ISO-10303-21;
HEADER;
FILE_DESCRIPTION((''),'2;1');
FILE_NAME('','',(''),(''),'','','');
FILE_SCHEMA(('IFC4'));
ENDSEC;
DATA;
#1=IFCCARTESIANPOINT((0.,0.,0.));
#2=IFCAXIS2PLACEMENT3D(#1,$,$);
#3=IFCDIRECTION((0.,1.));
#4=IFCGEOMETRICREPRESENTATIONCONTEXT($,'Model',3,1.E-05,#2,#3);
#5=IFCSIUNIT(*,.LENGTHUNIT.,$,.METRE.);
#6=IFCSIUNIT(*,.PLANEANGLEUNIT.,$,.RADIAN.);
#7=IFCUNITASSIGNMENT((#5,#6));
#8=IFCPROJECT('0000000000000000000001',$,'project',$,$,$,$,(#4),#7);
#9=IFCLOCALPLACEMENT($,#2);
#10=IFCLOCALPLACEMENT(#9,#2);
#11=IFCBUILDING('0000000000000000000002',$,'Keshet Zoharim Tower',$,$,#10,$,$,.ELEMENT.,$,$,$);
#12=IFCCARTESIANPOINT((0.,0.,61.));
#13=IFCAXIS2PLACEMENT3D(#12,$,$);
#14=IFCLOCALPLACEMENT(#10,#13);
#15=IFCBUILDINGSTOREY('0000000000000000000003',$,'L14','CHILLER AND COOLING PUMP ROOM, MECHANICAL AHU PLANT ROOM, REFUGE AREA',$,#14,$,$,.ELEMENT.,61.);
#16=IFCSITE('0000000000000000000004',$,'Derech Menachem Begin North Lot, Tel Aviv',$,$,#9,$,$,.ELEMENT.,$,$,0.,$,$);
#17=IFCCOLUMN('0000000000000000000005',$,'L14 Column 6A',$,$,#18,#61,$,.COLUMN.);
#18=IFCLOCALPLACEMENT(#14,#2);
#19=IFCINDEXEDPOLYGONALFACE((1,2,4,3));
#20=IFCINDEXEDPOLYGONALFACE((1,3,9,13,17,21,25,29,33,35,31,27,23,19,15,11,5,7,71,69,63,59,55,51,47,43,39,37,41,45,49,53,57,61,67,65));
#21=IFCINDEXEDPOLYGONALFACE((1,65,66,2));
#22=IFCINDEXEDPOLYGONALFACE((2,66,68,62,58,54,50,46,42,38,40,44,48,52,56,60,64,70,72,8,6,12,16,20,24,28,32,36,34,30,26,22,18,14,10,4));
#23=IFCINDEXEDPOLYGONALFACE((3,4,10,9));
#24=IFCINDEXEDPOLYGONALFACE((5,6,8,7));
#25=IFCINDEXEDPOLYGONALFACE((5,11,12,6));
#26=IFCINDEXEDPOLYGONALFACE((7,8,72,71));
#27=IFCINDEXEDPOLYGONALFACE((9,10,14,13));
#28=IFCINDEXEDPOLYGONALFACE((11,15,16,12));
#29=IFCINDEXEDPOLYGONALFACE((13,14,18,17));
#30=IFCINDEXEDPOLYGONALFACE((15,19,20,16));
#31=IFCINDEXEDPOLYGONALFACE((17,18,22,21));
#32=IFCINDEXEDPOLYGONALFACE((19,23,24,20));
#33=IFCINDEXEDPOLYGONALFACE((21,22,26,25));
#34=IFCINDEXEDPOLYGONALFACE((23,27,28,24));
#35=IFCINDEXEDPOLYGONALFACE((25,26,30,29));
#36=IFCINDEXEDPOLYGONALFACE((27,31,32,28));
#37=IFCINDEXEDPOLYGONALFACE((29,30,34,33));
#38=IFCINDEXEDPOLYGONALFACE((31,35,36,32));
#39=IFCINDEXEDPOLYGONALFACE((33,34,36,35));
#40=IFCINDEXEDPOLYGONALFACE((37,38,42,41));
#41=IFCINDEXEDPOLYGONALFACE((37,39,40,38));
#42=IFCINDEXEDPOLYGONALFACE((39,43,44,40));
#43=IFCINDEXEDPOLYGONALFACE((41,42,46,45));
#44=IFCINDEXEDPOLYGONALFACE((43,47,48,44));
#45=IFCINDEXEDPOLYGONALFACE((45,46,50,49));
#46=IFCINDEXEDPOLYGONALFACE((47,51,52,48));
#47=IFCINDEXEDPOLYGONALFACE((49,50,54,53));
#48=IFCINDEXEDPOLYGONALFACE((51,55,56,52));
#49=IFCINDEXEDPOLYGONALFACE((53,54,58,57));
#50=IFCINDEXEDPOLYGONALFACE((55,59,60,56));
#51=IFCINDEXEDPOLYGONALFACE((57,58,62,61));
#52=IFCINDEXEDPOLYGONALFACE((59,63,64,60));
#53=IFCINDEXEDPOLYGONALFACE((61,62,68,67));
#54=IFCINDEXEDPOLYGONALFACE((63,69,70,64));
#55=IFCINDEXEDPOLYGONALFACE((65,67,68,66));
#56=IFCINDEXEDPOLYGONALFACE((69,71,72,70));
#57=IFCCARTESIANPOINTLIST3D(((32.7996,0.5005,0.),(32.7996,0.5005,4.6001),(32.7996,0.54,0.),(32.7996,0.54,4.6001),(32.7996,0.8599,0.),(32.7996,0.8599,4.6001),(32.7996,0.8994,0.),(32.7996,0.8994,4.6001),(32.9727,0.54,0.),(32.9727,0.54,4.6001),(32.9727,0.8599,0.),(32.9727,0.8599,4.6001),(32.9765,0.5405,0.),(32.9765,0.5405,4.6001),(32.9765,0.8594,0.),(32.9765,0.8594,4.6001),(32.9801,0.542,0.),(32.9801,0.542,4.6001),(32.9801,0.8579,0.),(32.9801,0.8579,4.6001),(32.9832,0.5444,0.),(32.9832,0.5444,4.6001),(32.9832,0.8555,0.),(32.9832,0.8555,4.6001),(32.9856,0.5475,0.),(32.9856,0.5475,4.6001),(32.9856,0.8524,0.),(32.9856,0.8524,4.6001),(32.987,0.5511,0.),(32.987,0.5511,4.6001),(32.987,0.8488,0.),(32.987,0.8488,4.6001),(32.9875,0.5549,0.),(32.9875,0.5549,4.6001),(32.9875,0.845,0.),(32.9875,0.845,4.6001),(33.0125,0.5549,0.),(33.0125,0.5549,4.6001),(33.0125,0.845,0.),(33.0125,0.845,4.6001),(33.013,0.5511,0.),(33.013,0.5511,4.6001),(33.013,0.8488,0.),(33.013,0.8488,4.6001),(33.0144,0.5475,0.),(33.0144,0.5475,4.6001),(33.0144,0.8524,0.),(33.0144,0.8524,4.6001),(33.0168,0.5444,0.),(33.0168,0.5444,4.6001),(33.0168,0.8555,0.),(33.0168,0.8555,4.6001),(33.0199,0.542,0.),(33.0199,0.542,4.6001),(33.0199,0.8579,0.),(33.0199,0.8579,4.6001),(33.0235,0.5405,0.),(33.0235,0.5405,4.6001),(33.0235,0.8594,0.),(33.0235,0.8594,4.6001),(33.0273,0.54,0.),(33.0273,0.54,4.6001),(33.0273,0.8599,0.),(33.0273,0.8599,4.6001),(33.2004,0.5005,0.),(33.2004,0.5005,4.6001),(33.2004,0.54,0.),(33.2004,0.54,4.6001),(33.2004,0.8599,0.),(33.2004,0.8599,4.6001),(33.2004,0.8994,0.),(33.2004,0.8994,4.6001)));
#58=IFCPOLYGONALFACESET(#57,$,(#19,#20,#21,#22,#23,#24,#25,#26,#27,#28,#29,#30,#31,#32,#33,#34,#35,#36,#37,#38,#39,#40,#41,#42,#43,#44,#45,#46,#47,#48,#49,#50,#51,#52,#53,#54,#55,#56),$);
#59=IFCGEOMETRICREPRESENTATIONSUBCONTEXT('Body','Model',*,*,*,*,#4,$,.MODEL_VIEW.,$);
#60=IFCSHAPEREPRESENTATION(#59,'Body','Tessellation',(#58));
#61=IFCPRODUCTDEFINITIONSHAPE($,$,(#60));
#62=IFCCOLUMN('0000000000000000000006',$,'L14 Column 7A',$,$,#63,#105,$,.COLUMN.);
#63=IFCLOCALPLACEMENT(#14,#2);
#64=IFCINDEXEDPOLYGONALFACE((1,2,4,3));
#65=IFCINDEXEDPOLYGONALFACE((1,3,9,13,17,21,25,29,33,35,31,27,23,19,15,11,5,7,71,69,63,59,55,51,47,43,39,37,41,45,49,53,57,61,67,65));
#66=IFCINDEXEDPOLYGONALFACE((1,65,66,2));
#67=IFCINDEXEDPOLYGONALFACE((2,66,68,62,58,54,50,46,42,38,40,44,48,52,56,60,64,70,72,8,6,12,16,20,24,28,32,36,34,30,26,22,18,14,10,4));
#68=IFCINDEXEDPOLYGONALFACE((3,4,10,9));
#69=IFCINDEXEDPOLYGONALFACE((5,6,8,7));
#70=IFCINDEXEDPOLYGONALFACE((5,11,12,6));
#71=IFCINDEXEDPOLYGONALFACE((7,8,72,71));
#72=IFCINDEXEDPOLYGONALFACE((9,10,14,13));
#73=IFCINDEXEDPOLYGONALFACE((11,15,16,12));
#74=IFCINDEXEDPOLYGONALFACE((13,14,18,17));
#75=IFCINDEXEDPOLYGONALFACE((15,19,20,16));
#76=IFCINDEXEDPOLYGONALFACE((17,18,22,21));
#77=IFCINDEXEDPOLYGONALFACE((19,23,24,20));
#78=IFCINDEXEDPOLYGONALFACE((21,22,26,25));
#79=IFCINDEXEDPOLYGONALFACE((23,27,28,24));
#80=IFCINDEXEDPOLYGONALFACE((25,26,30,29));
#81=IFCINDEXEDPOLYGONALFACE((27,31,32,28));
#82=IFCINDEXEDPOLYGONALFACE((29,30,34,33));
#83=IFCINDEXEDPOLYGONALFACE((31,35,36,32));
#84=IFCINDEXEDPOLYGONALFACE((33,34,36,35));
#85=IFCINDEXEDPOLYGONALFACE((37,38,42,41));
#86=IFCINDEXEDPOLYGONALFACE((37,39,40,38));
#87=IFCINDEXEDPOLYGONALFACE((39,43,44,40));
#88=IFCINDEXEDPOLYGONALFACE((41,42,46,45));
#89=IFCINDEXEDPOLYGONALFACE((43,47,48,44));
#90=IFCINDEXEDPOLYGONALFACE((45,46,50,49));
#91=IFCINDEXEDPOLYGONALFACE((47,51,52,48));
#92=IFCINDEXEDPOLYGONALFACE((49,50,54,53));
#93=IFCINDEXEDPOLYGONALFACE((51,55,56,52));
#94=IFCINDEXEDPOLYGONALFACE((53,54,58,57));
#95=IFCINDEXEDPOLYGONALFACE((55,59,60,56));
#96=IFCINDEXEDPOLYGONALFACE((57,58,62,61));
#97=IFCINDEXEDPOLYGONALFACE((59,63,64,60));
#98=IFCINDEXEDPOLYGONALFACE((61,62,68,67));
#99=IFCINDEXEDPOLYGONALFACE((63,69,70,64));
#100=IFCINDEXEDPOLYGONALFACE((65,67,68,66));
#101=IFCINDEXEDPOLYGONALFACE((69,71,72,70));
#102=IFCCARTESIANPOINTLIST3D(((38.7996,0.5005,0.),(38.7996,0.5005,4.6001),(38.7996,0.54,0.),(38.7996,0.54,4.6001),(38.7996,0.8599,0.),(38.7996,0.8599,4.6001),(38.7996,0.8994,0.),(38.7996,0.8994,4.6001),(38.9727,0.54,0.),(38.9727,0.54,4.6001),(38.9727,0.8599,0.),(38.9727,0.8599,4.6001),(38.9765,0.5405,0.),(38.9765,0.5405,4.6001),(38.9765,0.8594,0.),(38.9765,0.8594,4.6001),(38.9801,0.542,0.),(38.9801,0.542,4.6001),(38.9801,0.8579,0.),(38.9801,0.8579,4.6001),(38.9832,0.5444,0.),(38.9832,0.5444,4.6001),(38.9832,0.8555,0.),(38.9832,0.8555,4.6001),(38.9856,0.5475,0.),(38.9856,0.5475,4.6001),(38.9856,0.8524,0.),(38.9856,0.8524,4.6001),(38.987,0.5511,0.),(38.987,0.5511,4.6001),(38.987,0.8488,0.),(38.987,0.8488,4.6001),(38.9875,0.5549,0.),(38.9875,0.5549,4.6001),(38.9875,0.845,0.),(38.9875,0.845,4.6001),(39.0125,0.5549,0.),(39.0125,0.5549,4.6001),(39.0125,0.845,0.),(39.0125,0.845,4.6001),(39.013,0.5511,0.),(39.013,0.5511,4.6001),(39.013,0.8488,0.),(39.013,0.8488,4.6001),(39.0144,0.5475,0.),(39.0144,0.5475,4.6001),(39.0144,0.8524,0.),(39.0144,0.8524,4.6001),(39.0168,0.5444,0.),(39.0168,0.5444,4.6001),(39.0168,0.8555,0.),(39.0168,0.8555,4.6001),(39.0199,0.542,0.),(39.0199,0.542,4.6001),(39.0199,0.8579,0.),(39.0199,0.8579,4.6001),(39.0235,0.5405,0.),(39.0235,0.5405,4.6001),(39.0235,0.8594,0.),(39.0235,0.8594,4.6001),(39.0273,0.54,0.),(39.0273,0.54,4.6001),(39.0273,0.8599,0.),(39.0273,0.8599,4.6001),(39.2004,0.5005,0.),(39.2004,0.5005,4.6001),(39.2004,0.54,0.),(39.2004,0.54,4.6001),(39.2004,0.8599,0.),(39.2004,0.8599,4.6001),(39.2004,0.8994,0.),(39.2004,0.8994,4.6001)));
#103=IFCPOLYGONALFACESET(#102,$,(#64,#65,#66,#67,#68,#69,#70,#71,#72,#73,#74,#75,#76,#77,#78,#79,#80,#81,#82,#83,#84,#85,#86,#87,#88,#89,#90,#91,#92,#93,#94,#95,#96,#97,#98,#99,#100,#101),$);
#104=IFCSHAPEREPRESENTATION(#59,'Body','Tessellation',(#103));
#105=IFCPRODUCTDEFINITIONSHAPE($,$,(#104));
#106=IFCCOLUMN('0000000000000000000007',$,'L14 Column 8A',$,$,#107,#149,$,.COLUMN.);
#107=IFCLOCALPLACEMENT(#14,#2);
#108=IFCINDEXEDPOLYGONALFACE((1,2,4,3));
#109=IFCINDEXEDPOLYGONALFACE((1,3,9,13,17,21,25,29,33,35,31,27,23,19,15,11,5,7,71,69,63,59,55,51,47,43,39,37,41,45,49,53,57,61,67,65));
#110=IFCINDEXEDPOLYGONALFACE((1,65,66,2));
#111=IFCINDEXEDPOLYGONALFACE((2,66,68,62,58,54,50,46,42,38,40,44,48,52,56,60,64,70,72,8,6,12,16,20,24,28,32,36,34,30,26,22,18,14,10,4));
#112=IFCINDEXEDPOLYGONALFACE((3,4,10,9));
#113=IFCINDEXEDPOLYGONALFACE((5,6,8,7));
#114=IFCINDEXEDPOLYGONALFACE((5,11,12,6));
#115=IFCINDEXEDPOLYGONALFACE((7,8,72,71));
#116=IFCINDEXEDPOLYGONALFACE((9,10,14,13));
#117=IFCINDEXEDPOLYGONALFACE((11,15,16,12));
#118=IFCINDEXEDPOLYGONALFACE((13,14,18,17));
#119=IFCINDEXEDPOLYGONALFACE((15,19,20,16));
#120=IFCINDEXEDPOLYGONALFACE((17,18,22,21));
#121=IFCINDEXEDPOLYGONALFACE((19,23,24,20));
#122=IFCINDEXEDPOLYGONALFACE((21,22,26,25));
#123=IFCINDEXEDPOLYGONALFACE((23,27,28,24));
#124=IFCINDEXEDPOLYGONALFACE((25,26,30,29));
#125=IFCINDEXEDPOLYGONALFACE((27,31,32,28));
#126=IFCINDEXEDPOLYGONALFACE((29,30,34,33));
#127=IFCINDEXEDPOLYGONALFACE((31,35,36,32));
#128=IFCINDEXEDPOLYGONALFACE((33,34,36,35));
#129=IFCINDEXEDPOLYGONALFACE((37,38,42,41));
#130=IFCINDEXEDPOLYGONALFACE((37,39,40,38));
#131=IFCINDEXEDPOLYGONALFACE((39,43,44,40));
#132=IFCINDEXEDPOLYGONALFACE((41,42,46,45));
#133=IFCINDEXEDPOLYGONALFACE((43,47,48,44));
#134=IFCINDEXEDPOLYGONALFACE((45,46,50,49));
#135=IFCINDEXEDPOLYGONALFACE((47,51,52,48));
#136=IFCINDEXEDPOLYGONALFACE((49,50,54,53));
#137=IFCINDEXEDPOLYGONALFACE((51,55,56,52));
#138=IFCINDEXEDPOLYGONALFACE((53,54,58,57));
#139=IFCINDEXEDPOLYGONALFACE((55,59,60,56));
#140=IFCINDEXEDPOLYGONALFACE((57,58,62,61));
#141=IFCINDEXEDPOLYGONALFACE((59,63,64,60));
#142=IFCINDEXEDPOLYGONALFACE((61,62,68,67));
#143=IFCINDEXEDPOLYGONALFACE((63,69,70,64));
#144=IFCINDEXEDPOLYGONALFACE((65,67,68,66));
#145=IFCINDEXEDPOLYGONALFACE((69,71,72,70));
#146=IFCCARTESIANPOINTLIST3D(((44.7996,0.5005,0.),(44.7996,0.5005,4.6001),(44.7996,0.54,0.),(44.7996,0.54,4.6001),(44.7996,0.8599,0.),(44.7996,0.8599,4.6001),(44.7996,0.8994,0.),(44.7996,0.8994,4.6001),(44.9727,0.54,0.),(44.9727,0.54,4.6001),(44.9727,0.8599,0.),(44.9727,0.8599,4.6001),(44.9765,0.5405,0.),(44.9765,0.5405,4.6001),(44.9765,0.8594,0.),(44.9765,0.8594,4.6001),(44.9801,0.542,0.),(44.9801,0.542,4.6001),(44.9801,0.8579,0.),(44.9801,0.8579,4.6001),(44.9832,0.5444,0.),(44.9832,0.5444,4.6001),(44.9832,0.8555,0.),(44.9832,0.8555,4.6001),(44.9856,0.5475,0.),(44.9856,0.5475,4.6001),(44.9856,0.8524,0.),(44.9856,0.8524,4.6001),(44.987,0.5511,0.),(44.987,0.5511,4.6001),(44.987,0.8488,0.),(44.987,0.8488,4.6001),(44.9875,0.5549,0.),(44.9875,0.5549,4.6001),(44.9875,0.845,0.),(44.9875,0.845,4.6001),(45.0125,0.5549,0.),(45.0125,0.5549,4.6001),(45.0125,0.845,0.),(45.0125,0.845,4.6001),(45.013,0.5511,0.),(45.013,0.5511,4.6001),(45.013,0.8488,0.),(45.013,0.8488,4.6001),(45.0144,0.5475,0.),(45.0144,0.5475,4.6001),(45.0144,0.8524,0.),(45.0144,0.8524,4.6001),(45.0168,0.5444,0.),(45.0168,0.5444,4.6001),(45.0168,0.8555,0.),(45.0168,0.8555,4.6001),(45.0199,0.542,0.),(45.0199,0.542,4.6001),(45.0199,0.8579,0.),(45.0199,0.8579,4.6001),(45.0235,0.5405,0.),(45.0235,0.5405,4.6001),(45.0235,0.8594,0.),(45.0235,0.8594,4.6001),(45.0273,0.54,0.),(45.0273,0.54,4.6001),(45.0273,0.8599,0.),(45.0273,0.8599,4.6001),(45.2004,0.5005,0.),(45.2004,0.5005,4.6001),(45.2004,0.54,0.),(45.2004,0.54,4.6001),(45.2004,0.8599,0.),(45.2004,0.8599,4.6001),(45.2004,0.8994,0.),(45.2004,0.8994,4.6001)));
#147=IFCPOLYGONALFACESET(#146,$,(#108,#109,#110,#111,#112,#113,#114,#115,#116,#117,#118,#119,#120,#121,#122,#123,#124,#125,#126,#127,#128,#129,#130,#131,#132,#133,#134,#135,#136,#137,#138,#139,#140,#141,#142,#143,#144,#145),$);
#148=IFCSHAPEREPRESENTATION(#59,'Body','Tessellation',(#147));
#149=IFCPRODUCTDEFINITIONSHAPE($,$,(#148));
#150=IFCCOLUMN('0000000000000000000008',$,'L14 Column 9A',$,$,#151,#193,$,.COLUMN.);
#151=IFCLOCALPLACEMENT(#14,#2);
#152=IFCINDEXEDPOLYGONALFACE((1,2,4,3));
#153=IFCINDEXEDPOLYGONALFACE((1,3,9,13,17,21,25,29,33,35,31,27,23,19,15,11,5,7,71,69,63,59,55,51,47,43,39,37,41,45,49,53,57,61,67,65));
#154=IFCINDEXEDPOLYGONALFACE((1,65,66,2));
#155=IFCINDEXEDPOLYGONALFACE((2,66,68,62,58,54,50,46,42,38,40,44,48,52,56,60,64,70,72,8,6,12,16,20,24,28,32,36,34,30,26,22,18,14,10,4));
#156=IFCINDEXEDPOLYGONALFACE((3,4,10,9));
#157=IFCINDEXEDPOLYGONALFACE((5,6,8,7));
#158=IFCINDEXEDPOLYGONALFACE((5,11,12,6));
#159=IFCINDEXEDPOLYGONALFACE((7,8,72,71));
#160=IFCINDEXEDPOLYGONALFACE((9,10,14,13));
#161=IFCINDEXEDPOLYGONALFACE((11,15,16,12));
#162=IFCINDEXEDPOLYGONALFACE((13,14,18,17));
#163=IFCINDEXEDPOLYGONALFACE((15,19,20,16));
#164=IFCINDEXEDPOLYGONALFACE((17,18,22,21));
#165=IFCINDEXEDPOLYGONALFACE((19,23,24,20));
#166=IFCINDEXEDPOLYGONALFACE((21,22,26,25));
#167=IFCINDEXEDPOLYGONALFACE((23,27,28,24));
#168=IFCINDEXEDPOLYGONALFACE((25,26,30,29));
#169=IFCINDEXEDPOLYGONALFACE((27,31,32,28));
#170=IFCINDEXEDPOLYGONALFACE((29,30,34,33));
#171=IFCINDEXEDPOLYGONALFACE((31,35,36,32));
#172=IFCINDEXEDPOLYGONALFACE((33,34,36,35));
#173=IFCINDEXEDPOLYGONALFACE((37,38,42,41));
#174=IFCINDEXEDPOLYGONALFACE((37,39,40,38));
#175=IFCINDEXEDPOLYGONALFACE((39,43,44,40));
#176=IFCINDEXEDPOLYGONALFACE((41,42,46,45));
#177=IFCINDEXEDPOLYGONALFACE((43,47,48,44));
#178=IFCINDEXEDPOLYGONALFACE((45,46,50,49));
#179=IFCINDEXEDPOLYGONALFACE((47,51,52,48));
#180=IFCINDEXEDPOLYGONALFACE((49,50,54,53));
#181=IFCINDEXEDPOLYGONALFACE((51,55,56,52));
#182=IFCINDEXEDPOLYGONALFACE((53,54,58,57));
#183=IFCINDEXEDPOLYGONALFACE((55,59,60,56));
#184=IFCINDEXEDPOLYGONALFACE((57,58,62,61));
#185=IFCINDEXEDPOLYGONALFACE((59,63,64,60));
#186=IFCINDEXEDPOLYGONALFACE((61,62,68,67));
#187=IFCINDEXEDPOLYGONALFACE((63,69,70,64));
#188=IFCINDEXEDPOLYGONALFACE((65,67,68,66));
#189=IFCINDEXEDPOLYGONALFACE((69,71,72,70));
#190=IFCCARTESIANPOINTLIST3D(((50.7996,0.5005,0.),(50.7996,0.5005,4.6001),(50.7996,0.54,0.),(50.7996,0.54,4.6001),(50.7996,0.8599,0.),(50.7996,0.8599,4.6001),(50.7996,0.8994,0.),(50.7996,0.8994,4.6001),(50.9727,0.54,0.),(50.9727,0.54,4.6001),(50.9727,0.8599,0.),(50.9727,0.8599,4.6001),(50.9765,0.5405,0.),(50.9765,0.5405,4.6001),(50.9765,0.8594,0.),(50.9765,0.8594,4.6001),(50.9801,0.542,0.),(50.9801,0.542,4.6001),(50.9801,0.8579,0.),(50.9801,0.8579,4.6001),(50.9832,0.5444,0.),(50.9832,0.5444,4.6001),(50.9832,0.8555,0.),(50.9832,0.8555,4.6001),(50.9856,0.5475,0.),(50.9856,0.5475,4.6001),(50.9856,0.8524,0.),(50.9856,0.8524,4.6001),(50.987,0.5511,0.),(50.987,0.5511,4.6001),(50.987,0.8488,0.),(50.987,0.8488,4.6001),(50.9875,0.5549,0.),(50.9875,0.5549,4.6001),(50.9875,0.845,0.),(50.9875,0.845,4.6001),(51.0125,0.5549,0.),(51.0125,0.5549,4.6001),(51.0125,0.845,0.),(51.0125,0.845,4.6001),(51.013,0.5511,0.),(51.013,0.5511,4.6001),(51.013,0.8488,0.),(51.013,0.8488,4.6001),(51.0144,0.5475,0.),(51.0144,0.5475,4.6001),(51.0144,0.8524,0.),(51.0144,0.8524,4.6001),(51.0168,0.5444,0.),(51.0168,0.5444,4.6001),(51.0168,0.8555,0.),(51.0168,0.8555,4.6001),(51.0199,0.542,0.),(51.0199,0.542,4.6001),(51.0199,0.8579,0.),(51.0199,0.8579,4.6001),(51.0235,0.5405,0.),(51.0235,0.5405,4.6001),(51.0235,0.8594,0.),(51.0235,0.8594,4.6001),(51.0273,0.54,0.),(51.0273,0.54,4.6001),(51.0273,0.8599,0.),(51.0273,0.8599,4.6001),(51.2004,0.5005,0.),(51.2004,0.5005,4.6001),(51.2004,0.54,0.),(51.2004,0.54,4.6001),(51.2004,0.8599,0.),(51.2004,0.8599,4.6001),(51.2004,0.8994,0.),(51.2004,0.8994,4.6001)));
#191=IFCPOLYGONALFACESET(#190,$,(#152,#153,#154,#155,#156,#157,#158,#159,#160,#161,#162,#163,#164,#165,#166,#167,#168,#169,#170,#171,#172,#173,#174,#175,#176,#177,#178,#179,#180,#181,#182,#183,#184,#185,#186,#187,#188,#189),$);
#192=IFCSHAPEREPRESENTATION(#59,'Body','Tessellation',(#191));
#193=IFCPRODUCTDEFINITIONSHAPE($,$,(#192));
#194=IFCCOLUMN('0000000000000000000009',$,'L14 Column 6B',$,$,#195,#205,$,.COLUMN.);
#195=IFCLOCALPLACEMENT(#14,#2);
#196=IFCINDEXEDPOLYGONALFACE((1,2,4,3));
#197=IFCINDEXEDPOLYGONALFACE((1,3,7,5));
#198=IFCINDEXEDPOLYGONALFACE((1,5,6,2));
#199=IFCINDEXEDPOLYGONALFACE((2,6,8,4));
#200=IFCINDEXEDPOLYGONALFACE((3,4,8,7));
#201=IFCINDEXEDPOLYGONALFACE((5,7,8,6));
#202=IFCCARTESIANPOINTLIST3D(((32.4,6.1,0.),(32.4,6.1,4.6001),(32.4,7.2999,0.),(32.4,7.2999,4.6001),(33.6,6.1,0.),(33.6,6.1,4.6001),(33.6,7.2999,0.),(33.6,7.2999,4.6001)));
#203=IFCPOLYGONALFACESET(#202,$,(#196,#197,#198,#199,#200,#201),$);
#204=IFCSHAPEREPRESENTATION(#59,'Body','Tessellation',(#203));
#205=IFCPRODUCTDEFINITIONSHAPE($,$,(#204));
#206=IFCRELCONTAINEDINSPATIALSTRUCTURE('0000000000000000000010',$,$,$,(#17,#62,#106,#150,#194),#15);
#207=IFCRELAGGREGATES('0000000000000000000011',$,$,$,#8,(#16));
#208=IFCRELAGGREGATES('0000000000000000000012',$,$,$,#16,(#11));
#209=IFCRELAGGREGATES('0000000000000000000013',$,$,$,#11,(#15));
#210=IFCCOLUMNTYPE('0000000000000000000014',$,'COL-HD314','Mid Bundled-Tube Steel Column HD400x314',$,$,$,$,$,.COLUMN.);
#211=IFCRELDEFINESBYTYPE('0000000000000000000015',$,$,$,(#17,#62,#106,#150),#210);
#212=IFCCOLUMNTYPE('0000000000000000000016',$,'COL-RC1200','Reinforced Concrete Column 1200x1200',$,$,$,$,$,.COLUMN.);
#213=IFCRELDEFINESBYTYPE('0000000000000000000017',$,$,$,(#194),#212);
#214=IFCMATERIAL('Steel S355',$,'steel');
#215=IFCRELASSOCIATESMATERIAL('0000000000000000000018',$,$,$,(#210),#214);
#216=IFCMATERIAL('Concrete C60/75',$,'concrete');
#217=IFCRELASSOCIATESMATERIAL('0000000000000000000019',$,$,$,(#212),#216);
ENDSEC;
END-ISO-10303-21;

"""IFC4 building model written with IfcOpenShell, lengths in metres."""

from ifc_helpers import new_model, si_unit, direction, frame, origin, origin_2d, place, context, subcontext, project, spatial, rectangle, i_section, extrude, material, material_profile, profile_set, type_object, element, save


model = new_model("IFC4")

# Units and contexts
model_context = context("Model", 3, precision=1e-05, world=origin(), true_north=direction((0.0, 1.0)))
body_context = subcontext(model_context, "Body", "Model", "MODEL_VIEW")
ifc_project = project(units=[si_unit("LENGTHUNIT", "METRE"), si_unit("PLANEANGLEUNIT", "RADIAN")], contexts=[model_context])

# Site, building, storey
site_placement = place(None, origin())
site = spatial("IfcSite", under=ifc_project, at=site_placement, Name="Derech Menachem Begin North Lot, Tel Aviv", CompositionType="ELEMENT", RefElevation=0.0)
building_placement = place(site_placement, origin())
building = spatial("IfcBuilding", under=site, at=building_placement, Name="Keshet Zoharim Tower", CompositionType="ELEMENT")
storey_placement = place(building_placement, frame((0.0, 0.0, 61.0)))
storey = spatial("IfcBuildingStorey", under=building, at=storey_placement, Name="L14", Description="CHILLER AND COOLING PUMP ROOM, MECHANICAL AHU PLANT ROOM, REFUGE AREA", CompositionType="ELEMENT", Elevation=61.0)

# Columns
ifc_material_1 = material(Name="Steel S355", Category="steel")
ifc_material_profile_1 = material_profile(ifc_material_1, i_section(OverallWidth=0.4009, OverallDepth=0.3989, WebThickness=0.0249, FlangeThickness=0.0396, FilletRadius=0.0149, at=origin_2d()), Name="HD400x314")
ifc_profile_set_1 = profile_set([ifc_material_profile_1], Name="Steel S355")
column_type_1 = type_object("IfcColumnType", Name="COL-HD314", Description="Mid Bundled-Tube Steel Column HD400x314", PredefinedType="COLUMN", material=ifc_profile_set_1)
for number, where, z_axis, x_axis, name in (
    (1, (33.0, 0.7, 0.0), (0.0, 0.0, 1.0), (1.0, 0.0, 0.0), "L14 Column 6A"),
    (2, (39.0, 0.7, 0.0), (0.0, 0.0, 1.0), (1.0, 0.0, 0.0), "L14 Column 7A"),
    (3, (45.0, 0.7, 0.0), (0.0, 0.0, 1.0), (1.0, 0.0, 0.0), "L14 Column 8A"),
    (4, (51.0, 0.7, 0.0), (0.0, 0.0, 1.0), (1.0, 0.0, 0.0), "L14 Column 9A"),
):
    element("IfcColumn", number, at=place(storey_placement, frame(where, z_axis=z_axis, x_axis=x_axis)), inside=storey, type_object=column_type_1, Name=name, PredefinedType="COLUMN", context=body_context, shape_type="SweptSolid", body=[
        extrude(i_section(OverallWidth=0.4009, OverallDepth=0.3989, WebThickness=0.0249, FlangeThickness=0.0396, FilletRadius=0.0149, at=origin_2d()), origin(), (0.0, 0.0, 1.0), 4.6001),
    ])
ifc_material_2 = material(Name="Concrete C60/75", Category="concrete")
ifc_material_profile_2 = material_profile(ifc_material_2, rectangle(XDim=1.2, YDim=1.2, at=origin_2d()), Name="RC1200x1200")
ifc_profile_set_2 = profile_set([ifc_material_profile_2], Name="Concrete C60/75")
column_type_2 = type_object("IfcColumnType", Name="COL-RC1200", Description="Reinforced Concrete Column 1200x1200", PredefinedType="COLUMN", material=ifc_profile_set_2)
for number, where, z_axis, x_axis, name in (
    (5, (33.0, 6.7, 0.0), (0.0, 0.0, 1.0), (1.0, 0.0, 0.0), "L14 Column 6B"),
):
    element("IfcColumn", number, at=place(storey_placement, frame(where, z_axis=z_axis, x_axis=x_axis)), inside=storey, type_object=column_type_2, Name=name, PredefinedType="COLUMN", context=body_context, shape_type="SweptSolid", body=[
        extrude(rectangle(XDim=1.2, YDim=1.2, at=origin_2d()), origin(), (0.0, 0.0, 1.0), 4.6001),
    ])

save(model, "model.ifc")
